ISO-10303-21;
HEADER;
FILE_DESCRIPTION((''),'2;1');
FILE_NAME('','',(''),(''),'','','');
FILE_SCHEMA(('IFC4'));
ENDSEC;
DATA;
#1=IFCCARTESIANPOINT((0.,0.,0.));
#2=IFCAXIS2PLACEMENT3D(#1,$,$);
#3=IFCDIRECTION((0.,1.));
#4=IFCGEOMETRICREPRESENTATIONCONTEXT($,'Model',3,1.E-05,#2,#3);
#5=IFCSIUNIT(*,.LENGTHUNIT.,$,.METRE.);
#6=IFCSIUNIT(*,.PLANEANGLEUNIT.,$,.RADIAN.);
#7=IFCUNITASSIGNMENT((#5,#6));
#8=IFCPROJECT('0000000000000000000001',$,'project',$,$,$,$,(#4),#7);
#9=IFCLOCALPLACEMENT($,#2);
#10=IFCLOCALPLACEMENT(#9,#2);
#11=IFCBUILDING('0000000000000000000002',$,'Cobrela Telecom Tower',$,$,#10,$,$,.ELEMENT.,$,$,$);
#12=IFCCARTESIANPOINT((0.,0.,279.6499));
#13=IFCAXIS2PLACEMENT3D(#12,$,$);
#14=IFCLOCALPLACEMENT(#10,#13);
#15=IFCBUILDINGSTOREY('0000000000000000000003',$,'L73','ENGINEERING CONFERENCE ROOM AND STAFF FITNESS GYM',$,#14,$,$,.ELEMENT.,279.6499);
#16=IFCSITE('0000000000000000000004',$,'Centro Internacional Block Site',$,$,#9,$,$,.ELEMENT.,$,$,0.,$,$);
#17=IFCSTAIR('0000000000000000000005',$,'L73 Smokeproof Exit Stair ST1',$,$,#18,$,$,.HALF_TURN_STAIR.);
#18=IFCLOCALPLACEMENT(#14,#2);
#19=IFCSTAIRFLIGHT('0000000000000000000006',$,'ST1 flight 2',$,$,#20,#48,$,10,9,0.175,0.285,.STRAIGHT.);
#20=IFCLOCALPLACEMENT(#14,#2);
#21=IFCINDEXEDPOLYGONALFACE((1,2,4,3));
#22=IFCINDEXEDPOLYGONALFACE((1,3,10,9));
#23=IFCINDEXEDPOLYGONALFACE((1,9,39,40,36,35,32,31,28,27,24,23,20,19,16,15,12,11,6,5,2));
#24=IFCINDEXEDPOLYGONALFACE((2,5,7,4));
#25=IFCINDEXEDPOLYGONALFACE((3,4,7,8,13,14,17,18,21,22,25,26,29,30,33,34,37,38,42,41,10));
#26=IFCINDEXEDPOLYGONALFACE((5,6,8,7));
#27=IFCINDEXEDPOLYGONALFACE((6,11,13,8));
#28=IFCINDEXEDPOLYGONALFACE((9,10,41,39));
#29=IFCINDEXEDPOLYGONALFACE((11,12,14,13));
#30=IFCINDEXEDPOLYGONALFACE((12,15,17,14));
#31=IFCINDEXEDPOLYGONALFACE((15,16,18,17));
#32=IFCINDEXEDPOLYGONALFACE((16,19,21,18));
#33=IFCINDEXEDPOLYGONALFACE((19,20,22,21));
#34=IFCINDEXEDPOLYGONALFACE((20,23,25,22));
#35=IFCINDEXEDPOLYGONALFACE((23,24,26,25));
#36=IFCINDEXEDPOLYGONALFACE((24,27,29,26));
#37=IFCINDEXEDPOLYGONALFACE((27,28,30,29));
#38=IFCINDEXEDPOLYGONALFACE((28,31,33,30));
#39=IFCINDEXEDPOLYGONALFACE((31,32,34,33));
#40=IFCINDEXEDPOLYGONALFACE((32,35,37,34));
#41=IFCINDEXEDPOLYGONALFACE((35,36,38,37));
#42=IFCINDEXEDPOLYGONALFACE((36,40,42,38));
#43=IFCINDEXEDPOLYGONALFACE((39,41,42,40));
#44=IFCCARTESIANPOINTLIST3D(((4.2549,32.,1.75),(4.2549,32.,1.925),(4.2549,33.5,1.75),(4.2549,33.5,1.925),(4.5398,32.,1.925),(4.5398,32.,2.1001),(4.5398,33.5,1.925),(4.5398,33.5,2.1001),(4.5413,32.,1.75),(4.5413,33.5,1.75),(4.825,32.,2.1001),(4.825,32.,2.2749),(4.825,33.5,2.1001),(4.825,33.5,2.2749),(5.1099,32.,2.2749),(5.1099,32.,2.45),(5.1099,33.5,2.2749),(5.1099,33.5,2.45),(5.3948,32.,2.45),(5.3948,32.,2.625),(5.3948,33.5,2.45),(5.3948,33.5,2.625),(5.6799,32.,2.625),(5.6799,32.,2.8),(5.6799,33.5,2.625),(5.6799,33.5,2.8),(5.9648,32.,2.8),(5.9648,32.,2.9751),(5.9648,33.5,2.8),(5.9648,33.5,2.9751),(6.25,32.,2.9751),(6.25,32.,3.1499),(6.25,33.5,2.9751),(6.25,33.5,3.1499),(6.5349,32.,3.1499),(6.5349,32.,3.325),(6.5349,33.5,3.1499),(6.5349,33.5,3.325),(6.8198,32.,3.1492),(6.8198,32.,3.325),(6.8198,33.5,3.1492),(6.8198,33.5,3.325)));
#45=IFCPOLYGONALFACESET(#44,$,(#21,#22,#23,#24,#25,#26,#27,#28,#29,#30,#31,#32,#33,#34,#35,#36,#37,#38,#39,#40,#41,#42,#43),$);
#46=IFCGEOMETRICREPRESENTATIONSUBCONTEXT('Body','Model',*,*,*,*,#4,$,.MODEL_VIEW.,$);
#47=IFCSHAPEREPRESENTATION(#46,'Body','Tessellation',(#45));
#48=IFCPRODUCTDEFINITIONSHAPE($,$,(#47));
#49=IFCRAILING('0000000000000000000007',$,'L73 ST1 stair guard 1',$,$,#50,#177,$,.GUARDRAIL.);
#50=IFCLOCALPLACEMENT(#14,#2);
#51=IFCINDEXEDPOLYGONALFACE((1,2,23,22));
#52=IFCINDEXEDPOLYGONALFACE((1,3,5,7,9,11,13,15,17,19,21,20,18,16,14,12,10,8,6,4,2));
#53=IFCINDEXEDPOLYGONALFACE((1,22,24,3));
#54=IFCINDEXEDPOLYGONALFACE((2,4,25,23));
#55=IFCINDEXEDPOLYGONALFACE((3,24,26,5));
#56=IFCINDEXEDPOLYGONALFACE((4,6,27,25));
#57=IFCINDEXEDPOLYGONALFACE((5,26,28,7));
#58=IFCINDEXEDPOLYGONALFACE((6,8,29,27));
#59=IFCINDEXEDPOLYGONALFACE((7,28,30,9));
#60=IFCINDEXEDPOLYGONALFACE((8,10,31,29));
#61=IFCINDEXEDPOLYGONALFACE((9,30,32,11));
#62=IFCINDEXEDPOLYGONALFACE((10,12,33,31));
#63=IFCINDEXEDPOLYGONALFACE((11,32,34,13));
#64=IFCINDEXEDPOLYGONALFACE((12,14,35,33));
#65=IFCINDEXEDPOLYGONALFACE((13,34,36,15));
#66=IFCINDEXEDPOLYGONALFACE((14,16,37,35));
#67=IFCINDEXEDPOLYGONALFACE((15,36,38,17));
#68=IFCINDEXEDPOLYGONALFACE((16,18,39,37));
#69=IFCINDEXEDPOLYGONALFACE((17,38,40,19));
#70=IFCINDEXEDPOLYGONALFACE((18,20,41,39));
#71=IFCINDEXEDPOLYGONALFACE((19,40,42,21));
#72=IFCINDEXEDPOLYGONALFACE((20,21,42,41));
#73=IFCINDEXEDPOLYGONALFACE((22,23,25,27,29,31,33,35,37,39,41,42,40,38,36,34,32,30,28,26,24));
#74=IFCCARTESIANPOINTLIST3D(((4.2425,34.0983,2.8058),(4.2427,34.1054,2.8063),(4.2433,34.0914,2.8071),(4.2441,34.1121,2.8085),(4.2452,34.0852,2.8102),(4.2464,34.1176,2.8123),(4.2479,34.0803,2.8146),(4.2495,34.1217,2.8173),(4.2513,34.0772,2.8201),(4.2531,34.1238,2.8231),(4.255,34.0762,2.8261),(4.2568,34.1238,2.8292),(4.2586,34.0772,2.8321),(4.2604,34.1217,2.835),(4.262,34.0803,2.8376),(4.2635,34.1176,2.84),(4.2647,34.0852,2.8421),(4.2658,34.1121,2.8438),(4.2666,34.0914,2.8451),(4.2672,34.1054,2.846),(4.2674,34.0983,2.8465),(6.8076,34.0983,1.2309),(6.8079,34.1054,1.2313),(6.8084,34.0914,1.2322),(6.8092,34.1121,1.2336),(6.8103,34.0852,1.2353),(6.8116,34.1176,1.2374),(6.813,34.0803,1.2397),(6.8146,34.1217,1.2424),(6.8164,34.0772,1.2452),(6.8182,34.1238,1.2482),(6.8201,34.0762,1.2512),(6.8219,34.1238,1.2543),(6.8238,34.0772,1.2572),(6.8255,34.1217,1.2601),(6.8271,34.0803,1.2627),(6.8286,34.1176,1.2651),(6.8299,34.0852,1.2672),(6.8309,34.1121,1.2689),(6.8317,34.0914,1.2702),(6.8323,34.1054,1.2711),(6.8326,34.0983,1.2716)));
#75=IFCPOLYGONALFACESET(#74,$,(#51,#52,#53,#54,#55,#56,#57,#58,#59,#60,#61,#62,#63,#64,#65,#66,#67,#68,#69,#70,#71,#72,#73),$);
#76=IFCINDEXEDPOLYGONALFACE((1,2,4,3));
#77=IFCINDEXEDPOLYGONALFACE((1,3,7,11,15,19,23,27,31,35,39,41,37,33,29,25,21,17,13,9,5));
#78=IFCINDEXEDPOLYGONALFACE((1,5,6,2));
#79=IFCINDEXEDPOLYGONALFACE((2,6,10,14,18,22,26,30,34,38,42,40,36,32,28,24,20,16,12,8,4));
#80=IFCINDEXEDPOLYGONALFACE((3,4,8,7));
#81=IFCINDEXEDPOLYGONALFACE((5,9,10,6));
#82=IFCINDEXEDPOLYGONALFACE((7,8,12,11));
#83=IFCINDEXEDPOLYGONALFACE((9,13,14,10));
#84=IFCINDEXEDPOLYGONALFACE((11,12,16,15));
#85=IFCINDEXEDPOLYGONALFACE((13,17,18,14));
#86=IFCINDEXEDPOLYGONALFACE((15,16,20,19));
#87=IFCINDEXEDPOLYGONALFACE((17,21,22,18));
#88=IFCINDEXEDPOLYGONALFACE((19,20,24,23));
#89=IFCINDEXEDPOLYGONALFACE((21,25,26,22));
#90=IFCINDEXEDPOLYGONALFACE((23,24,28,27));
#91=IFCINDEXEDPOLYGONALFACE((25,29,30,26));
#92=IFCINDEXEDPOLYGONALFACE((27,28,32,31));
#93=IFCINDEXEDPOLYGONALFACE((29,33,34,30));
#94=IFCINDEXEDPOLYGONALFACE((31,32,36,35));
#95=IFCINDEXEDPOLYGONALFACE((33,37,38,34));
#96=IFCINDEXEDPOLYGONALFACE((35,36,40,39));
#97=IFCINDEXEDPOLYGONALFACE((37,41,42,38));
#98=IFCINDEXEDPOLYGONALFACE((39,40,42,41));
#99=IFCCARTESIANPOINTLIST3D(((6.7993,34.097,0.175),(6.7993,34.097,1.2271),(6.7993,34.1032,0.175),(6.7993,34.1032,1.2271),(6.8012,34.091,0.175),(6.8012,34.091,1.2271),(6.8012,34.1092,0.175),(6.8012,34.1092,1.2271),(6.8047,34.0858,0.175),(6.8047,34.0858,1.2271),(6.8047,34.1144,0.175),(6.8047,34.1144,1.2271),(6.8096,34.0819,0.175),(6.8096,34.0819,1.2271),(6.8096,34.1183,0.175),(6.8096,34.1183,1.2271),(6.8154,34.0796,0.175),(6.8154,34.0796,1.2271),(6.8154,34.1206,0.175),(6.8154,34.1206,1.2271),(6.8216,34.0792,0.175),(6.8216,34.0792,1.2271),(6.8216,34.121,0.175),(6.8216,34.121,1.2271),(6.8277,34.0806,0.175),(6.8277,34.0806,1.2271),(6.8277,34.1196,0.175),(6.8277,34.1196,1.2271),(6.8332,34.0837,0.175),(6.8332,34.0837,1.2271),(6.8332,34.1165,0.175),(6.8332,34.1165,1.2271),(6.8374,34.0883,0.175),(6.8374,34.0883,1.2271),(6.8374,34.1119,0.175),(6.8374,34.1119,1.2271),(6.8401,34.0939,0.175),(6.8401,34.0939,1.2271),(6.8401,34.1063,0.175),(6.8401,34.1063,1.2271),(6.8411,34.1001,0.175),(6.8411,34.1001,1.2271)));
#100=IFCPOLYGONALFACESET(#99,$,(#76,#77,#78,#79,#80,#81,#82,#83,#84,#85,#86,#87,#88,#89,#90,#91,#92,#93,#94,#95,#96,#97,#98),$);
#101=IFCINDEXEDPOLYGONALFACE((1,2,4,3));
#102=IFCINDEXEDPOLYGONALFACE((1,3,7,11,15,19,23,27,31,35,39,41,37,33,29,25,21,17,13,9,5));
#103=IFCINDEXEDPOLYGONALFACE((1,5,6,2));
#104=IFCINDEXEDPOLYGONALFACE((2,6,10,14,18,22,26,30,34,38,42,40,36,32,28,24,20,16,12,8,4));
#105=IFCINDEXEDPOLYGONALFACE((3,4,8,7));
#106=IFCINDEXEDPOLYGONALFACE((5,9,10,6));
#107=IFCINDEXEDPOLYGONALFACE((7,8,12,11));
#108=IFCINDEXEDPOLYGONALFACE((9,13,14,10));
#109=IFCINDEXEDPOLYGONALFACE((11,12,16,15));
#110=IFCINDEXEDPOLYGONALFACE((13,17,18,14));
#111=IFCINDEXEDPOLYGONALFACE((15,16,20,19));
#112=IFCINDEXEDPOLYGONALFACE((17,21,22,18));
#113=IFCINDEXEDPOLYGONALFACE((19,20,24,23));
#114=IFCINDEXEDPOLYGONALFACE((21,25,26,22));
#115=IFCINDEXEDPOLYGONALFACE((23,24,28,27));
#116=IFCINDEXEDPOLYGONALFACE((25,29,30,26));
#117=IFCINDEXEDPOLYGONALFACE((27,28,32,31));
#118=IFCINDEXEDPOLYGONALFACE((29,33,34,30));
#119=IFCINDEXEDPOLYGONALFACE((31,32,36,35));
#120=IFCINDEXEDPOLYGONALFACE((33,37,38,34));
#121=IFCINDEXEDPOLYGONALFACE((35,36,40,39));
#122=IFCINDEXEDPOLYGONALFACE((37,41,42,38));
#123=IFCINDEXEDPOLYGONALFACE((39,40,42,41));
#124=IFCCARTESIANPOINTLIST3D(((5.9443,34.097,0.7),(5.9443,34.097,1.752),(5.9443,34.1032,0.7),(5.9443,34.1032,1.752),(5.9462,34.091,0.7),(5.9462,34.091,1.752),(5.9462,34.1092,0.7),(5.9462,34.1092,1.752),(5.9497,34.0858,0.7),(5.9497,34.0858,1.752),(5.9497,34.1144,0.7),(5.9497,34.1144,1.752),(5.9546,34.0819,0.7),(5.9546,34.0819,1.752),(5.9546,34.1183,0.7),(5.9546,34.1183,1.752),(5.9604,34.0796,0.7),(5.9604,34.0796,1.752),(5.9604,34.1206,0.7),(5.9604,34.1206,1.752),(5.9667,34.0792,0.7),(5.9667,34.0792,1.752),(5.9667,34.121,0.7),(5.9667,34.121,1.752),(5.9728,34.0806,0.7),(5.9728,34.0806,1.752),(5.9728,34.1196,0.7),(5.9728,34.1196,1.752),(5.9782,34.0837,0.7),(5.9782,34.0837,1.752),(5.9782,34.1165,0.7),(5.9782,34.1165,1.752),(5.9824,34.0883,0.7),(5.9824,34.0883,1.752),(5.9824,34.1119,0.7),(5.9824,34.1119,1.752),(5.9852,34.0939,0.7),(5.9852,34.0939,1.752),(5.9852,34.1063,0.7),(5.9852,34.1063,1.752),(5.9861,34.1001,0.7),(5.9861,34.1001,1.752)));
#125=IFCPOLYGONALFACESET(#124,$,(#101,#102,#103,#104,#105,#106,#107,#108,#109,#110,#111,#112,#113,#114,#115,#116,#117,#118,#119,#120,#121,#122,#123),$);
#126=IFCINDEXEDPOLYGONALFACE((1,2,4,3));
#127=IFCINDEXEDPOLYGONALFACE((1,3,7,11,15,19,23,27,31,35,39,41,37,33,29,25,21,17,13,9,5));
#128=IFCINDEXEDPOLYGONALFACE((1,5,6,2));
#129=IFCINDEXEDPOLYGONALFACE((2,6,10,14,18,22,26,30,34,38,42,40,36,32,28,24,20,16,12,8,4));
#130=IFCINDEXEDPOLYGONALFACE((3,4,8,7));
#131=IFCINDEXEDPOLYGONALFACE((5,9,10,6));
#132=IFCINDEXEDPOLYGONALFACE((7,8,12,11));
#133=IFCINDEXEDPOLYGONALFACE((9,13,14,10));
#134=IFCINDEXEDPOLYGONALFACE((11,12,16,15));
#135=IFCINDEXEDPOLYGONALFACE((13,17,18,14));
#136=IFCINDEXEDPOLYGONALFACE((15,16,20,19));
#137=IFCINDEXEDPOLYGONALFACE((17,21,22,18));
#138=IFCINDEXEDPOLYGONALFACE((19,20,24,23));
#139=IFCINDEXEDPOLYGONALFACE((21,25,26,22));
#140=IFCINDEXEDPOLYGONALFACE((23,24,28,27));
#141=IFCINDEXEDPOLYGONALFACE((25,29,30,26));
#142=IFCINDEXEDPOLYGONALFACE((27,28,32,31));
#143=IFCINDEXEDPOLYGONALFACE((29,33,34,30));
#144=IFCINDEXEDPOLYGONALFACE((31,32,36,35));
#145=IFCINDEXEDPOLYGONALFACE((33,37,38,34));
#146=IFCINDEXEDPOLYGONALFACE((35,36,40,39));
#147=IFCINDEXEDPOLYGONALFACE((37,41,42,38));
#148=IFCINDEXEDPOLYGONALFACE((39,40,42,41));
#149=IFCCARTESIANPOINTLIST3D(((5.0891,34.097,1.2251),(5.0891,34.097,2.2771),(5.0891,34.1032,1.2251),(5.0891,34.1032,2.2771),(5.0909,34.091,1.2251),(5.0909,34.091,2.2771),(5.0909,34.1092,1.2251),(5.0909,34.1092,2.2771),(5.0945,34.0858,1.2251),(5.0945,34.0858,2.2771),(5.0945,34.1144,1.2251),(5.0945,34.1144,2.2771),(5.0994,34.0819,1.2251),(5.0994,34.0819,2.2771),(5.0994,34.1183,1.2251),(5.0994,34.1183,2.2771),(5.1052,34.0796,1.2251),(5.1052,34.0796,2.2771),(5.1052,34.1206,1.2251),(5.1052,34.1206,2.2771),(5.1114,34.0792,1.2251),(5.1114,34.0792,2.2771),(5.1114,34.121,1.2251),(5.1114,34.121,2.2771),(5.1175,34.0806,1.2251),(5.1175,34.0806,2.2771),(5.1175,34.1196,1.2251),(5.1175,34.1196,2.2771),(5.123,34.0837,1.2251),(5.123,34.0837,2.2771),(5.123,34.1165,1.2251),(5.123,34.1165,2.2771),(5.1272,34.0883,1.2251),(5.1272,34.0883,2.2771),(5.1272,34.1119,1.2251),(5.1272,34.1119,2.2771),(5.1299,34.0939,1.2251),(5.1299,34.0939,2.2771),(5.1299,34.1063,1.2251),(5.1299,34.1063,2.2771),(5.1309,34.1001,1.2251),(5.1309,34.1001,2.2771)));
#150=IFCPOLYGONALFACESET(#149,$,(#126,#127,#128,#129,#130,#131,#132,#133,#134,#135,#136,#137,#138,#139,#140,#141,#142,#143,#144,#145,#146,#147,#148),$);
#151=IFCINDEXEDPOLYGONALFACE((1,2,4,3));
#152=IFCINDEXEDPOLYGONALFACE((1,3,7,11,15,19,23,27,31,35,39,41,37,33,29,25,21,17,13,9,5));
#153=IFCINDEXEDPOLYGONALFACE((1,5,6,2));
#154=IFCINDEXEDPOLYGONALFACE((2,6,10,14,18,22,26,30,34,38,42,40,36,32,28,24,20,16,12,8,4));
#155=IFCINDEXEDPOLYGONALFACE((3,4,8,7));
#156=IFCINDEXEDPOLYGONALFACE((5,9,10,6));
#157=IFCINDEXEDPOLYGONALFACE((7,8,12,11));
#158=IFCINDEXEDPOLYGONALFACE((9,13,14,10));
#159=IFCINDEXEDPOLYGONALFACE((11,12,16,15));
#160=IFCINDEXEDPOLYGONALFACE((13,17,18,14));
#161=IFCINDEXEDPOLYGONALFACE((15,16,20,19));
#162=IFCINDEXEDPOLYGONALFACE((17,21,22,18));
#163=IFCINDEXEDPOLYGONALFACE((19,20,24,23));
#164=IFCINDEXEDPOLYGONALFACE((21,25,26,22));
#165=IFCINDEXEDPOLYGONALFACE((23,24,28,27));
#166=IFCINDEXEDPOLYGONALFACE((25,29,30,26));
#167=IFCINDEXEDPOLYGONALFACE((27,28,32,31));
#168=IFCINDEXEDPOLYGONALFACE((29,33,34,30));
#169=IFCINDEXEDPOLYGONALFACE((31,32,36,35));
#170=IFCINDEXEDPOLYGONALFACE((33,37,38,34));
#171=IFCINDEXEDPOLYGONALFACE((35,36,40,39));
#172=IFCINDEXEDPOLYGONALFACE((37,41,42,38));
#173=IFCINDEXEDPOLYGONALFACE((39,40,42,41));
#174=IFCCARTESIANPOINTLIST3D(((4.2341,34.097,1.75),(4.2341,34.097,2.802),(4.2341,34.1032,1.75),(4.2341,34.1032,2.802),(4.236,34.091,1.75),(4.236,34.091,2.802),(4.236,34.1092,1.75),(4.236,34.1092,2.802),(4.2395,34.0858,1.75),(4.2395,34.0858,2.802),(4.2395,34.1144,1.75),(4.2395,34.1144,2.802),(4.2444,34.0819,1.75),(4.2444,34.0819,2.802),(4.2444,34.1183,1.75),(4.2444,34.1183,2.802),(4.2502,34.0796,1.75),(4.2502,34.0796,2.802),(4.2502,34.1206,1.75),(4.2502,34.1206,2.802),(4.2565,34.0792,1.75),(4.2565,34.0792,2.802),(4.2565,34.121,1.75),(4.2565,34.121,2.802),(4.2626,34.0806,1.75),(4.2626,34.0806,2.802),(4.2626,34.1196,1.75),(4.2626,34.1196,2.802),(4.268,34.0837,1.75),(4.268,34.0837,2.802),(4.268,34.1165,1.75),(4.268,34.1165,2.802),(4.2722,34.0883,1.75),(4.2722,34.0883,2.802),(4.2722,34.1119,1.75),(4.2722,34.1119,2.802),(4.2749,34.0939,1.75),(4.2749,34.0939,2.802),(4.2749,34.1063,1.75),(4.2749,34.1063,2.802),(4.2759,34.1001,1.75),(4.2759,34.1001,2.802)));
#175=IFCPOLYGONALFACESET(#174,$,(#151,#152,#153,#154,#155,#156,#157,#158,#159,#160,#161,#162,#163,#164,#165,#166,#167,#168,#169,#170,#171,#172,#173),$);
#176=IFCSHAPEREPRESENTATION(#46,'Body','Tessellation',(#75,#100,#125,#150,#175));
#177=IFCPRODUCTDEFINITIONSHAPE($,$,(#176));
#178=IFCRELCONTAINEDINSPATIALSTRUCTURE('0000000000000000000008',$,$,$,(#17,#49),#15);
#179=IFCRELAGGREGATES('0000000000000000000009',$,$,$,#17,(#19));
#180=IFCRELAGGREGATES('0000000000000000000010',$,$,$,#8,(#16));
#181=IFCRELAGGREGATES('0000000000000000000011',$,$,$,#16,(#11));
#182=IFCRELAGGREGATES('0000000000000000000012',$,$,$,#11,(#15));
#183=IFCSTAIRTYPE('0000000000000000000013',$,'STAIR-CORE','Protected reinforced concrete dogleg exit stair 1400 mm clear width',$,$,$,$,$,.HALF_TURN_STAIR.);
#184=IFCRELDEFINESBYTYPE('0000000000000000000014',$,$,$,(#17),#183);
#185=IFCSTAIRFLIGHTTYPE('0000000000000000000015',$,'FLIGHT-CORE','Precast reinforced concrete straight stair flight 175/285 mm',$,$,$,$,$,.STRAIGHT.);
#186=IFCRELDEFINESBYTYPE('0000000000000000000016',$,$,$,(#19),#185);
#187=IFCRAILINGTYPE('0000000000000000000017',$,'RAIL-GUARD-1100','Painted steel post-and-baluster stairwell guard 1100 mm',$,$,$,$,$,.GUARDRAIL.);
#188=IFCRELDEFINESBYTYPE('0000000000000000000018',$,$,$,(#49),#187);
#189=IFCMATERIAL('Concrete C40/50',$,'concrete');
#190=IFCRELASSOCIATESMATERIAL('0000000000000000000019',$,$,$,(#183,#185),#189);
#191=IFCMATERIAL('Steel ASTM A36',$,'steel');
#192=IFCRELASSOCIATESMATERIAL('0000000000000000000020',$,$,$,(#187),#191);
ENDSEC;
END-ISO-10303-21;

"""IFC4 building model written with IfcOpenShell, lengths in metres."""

from ifc_helpers import new_model, si_unit, direction, frame, origin, origin_2d, place, context, subcontext, project, spatial, polyline, circle, outline, extrude, material, type_object, element, aggregate, save


model = new_model("IFC4")

# Units and contexts
model_context = context("Model", 3, precision=1e-05, world=origin(), true_north=direction((0.0, 1.0)))
body_context = subcontext(model_context, "Body", "Model", "MODEL_VIEW")
ifc_project = project(units=[si_unit("LENGTHUNIT", "METRE"), si_unit("PLANEANGLEUNIT", "RADIAN")], contexts=[model_context])

# Site, building, storey
site_placement = place(None, origin())
site = spatial("IfcSite", under=ifc_project, at=site_placement, Name="Centro Internacional Block Site", CompositionType="ELEMENT", RefElevation=0.0)
building_placement = place(site_placement, origin())
building = spatial("IfcBuilding", under=site, at=building_placement, Name="Cobrela Telecom Tower", CompositionType="ELEMENT")
storey_placement = place(building_placement, frame((0.0, 0.0, 279.6499)))
storey = spatial("IfcBuildingStorey", under=building, at=storey_placement, Name="L73", Description="ENGINEERING CONFERENCE ROOM AND STAFF FITNESS GYM", CompositionType="ELEMENT", Elevation=279.6499)

# Shared definitions
ifc_material_1 = material(Name="Concrete C40/50", Category="concrete")

# Shared definitions
ifc_material_2 = material(Name="Steel ASTM A36", Category="steel")

# Stair, stair flight
stair_type = type_object("IfcStairType", Name="STAIR-CORE", Description="Protected reinforced concrete dogleg exit stair 1400 mm clear width", PredefinedType="HALF_TURN_STAIR", material=ifc_material_1)
stair_placement = place(storey_placement, origin())
stair = element("IfcStair", 1, at=stair_placement, inside=storey, type_object=stair_type, Name="L73 Smokeproof Exit Stair ST1", PredefinedType="HALF_TURN_STAIR")
stair_flight_type = type_object("IfcStairFlightType", Name="FLIGHT-CORE", Description="Precast reinforced concrete straight stair flight 175/285 mm", PredefinedType="STRAIGHT", material=ifc_material_1)
stair_flight_1_placement = place(storey_placement, frame((4.2549, 32.75, 1.75), z_axis=(0.0, 0.0, 1.0), x_axis=(1.0, 0.0, 0.0)))
stair_flight_1 = element("IfcStairFlight", 2, at=stair_flight_1_placement, type_object=stair_flight_type, Name="ST1 flight 2", NumberOfRisers=10, NumberOfTreads=9, PredefinedType="STRAIGHT", RiserHeight=0.175, TreadLength=0.285, context=body_context, shape_type="SweptSolid", body=[
    extrude(outline(polyline([(0.0, 0.0), (0.0, 0.175), (0.2849, 0.175), (0.2849, 0.3501), (0.5701, 0.3501), (0.5701, 0.5249), (0.855, 0.5249), (0.855, 0.7), (1.1399, 0.7), (1.1399, 0.875), (1.425, 0.875), (1.425, 1.05), (1.71, 1.05), (1.71, 1.2251), (1.9951, 1.2251), (1.9951, 1.3999), (2.28, 1.3999), (2.28, 1.575), (2.5649, 1.575), (2.5649, 1.75), (2.5649, 1.3992), (0.2864, 0.0), (0.0, 0.0)])), frame((0.0, 0.75, 0.0), z_axis=(0.0, -1.0, 0.0), x_axis=(1.0, 0.0, 0.0)), (0.0, 0.0, 1.0), 1.5),
])
aggregate(stair, [stair_flight_1])

# Railing
railing_type_1 = type_object("IfcRailingType", Name="RAIL-GUARD-1100", Description="Painted steel post-and-baluster stairwell guard 1100 mm", PredefinedType="GUARDRAIL", material=ifc_material_2)
railing_1_placement = place(storey_placement, frame((6.8201, 34.1001, 0.175)))
element("IfcRailing", 3, at=railing_1_placement, inside=storey, type_object=railing_type_1, Name="L73 ST1 stair guard 1", PredefinedType="GUARDRAIL", context=body_context, shape_type="SweptSolid", body=[
    extrude(circle(Radius=0.0239, at=origin_2d()), frame((0.0, 0.0, 1.0762), z_axis=(-0.852195, 0.0, 0.523224), x_axis=(0.0, -1.0, 0.0)), (0.0, 0.0, 1.0), 3.01),
    extrude(circle(Radius=0.021, at=origin_2d()), origin(), (0.0, 0.0, 1.0), 1.052),
    extrude(circle(Radius=0.021, at=origin_2d()), frame((-0.855, 0.0, 0.5249)), (0.0, 0.0, 1.0), 1.052),
    extrude(circle(Radius=0.021, at=origin_2d()), frame((-1.7102, 0.0, 1.05)), (0.0, 0.0, 1.0), 1.052),
    extrude(circle(Radius=0.021, at=origin_2d()), frame((-2.5652, 0.0, 1.575)), (0.0, 0.0, 1.0), 1.052),
])

save(model, "model.ifc")
